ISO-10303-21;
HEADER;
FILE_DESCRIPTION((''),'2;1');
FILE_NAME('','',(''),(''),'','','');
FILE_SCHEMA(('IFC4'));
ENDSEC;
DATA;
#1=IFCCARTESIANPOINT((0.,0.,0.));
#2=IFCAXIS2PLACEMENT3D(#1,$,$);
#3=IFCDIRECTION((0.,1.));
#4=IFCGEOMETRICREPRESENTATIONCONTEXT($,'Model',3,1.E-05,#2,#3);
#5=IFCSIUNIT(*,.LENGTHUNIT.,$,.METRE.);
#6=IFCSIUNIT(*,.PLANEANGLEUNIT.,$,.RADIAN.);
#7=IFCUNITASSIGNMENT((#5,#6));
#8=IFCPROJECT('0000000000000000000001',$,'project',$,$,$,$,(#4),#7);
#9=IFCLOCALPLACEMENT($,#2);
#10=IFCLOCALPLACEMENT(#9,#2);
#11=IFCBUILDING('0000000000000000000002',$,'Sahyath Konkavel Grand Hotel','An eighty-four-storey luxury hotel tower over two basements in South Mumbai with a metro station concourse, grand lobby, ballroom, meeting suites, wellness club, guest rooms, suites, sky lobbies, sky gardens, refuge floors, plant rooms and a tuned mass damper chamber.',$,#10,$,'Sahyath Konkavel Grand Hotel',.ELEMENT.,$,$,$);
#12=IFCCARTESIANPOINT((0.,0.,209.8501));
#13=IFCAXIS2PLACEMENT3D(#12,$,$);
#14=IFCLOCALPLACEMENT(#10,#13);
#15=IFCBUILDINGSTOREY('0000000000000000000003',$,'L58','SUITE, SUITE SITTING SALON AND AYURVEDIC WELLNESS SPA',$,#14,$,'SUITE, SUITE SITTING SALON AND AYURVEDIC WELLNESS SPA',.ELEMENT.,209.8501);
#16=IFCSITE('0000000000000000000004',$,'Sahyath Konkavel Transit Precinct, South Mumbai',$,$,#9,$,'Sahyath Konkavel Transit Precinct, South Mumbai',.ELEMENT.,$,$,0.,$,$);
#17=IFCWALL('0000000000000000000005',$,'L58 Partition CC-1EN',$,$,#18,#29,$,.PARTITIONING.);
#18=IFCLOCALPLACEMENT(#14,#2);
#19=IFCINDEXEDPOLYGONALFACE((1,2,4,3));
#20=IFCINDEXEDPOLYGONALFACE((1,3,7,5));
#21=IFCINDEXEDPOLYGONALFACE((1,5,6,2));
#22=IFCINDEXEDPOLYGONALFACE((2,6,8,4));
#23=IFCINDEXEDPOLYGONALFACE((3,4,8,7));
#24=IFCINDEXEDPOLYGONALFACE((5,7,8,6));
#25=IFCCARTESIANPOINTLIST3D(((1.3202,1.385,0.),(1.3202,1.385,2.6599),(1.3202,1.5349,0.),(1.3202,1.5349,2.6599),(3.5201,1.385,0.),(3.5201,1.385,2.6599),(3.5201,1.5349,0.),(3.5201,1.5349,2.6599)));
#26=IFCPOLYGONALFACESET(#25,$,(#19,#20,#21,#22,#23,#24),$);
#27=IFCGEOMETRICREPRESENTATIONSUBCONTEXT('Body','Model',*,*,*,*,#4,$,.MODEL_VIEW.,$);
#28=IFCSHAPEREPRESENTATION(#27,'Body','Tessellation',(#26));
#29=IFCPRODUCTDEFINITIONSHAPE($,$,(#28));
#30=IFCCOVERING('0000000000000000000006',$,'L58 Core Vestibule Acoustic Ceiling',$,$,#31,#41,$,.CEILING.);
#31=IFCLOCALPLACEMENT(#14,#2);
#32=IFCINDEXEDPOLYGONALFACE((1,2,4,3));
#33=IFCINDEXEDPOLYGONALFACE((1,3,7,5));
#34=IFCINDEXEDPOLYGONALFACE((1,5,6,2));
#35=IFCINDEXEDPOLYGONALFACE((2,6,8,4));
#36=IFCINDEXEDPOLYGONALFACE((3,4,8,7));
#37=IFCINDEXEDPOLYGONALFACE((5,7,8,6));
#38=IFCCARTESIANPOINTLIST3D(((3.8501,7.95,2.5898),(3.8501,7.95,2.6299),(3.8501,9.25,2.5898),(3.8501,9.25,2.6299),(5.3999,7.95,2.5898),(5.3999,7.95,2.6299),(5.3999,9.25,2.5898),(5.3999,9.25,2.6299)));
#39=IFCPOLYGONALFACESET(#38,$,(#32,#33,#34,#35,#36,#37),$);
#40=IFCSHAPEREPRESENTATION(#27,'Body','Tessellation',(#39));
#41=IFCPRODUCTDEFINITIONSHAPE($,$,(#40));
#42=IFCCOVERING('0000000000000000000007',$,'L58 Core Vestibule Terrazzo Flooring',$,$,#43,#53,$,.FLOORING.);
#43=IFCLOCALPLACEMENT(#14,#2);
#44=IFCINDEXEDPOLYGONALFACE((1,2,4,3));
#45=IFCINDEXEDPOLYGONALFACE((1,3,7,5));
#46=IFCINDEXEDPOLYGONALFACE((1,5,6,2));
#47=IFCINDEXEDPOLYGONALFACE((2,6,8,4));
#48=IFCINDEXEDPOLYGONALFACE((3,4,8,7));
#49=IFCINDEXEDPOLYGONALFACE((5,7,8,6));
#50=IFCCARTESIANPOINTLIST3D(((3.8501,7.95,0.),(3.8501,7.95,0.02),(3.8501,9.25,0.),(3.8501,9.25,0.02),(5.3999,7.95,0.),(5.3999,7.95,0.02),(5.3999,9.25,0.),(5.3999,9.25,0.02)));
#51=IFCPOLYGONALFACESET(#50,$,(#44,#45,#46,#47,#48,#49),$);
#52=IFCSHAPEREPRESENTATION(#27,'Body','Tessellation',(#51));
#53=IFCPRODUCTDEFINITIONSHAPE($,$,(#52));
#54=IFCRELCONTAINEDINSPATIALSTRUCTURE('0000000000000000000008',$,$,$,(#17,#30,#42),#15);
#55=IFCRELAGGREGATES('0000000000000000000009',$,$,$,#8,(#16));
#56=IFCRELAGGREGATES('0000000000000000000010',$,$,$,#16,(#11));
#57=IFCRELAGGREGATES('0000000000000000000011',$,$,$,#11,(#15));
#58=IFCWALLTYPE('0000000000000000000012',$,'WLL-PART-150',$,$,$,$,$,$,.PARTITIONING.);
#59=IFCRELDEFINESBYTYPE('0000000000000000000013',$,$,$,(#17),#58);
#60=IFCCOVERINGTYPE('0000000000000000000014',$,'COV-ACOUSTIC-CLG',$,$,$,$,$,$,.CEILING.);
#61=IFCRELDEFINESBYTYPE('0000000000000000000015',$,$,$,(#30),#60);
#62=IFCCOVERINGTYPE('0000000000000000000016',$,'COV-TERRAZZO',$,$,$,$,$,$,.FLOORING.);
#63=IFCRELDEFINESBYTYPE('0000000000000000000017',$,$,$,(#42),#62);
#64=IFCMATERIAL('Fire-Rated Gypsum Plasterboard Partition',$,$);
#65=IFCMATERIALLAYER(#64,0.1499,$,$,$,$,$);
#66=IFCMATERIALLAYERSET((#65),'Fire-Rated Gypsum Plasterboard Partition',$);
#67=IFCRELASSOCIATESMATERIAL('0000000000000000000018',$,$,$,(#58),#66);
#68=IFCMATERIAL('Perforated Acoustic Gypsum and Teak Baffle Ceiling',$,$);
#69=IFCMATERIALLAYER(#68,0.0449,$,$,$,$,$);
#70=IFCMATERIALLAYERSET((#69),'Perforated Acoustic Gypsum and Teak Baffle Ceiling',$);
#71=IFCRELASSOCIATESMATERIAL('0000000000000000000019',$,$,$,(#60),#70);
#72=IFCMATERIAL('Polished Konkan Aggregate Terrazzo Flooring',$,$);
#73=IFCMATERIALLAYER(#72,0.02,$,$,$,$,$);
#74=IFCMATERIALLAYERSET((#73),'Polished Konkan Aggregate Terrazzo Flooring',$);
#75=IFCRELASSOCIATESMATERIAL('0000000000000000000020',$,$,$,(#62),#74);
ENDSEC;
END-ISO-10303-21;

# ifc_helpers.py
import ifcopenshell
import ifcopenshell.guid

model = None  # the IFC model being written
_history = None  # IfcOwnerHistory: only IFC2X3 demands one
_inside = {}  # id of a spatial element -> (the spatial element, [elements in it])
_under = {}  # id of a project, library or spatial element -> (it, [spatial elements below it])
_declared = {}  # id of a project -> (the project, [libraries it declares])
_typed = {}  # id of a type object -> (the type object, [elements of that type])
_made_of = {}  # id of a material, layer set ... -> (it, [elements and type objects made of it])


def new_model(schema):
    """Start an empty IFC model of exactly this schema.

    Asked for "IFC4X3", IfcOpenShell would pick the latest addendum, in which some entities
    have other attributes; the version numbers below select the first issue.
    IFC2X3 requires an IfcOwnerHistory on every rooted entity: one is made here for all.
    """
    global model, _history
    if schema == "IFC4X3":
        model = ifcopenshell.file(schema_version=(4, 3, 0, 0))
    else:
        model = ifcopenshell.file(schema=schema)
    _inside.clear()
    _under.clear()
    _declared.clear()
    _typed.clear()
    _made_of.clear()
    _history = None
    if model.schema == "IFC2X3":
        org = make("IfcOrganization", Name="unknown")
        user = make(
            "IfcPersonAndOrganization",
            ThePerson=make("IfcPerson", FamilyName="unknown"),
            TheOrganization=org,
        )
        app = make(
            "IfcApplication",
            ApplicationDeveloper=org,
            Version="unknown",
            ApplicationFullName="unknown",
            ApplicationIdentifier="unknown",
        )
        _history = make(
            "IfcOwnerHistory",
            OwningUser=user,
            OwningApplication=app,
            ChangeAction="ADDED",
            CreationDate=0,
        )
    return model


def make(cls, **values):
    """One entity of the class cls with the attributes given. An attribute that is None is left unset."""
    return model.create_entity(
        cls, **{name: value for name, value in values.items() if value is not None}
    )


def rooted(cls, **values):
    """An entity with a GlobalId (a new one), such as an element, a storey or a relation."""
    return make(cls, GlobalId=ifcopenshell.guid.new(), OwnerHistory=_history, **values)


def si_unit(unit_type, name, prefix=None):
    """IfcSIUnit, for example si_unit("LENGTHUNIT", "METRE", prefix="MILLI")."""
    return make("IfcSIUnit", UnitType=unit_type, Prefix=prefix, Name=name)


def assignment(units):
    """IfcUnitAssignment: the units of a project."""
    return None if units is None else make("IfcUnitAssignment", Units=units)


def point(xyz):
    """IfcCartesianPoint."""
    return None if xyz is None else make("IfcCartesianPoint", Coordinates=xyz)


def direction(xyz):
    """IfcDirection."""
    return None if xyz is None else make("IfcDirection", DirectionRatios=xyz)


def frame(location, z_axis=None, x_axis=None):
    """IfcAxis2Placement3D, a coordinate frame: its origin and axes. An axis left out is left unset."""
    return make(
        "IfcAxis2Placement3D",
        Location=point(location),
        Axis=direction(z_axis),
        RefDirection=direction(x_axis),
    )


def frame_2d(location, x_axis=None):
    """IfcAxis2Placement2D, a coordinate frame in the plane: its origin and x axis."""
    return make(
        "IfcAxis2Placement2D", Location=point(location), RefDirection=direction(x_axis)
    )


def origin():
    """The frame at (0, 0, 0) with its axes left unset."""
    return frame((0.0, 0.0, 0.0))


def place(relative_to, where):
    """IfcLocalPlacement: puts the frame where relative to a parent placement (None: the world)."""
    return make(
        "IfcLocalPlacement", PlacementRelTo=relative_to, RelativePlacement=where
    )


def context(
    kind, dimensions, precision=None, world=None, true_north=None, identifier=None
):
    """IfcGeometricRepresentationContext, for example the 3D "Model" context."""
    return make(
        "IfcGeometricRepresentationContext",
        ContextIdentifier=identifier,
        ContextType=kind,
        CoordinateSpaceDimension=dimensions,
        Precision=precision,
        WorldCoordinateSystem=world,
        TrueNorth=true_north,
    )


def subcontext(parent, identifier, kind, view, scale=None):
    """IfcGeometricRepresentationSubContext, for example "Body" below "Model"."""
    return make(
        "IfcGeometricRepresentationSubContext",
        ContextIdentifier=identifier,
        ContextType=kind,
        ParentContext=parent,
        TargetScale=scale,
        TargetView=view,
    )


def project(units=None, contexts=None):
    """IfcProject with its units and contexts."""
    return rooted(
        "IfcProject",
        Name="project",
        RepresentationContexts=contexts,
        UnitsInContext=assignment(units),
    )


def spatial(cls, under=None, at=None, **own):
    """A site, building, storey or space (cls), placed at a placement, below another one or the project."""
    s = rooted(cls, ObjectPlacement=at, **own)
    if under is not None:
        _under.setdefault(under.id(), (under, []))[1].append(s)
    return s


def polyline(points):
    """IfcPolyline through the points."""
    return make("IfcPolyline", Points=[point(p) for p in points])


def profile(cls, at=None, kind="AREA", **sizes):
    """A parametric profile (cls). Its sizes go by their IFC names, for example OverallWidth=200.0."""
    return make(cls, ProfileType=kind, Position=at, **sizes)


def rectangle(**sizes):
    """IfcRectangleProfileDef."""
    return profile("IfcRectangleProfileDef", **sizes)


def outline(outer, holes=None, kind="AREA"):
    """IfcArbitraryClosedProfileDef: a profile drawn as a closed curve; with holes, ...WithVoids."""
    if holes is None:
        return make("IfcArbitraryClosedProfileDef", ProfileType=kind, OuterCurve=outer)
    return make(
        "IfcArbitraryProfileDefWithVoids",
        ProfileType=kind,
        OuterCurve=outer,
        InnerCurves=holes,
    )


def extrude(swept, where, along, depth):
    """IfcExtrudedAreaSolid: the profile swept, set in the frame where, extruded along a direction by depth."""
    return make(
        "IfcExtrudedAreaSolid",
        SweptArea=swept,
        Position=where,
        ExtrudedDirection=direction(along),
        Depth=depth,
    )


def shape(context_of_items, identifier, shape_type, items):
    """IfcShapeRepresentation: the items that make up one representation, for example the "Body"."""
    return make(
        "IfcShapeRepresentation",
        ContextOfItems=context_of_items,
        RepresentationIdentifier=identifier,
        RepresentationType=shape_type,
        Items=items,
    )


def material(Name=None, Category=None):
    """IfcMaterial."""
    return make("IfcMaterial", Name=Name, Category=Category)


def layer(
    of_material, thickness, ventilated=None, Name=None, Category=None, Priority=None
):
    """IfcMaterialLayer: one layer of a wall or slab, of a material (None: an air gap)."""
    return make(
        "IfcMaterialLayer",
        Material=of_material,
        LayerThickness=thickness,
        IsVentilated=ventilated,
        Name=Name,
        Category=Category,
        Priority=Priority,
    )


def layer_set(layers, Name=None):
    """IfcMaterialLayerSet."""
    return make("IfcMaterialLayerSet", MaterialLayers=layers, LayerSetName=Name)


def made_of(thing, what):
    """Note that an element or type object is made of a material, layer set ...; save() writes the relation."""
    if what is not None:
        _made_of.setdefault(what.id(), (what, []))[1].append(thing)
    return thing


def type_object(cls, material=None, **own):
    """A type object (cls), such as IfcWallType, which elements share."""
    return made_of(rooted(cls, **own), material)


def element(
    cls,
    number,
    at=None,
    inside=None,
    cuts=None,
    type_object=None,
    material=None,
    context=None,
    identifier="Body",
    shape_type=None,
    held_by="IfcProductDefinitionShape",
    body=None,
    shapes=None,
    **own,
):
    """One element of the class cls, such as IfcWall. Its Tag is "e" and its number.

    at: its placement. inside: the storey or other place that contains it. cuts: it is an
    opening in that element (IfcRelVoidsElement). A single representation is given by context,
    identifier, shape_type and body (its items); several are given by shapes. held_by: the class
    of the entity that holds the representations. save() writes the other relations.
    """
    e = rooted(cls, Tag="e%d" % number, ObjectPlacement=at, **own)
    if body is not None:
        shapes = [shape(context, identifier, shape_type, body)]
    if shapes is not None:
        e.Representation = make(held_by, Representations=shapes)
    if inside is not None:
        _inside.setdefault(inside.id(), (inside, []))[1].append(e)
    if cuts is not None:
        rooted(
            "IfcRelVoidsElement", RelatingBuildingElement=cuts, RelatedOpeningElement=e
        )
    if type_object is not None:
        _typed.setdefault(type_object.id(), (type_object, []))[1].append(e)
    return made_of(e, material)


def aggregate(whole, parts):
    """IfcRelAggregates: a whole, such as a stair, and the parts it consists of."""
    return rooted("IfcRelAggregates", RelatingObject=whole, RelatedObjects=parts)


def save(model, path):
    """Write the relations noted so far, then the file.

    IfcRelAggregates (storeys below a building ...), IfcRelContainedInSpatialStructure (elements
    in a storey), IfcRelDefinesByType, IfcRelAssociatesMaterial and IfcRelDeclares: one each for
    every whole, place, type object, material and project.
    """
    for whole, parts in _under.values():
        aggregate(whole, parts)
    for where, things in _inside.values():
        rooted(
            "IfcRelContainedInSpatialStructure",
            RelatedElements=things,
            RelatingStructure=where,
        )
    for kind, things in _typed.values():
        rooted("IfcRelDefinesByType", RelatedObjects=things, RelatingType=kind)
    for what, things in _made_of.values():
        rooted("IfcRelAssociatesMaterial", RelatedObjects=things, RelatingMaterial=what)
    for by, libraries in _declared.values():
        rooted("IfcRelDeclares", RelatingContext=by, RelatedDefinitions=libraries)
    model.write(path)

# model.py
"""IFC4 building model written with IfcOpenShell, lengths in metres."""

from ifc_helpers import new_model, si_unit, direction, frame, frame_2d, origin, place, context, subcontext, project, spatial, polyline, rectangle, outline, extrude, material, layer, layer_set, type_object, element, save


model = new_model("IFC4")

# Units and contexts
model_context = context("Model", 3, precision=1e-05, world=origin(), true_north=direction((0.0, 1.0)))
body_context = subcontext(model_context, "Body", "Model", "MODEL_VIEW")
ifc_project = project(units=[si_unit("LENGTHUNIT", "METRE"), si_unit("PLANEANGLEUNIT", "RADIAN")], contexts=[model_context])

# Site, building, storey
site_placement = place(None, origin())
site = spatial("IfcSite", under=ifc_project, at=site_placement, Name="Sahyath Konkavel Transit Precinct, South Mumbai", LongName="Sahyath Konkavel Transit Precinct, South Mumbai", CompositionType="ELEMENT", RefElevation=0.0)
building_placement = place(site_placement, origin())
building = spatial("IfcBuilding", under=site, at=building_placement, Name="Sahyath Konkavel Grand Hotel", Description="An eighty-four-storey luxury hotel tower over two basements in South Mumbai with a metro station concourse, grand lobby, ballroom, meeting suites, wellness club, guest rooms, suites, sky lobbies, sky gardens, refuge floors, plant rooms and a tuned mass damper chamber.", LongName="Sahyath Konkavel Grand Hotel", CompositionType="ELEMENT")
storey_placement = place(building_placement, frame((0.0, 0.0, 209.8501)))
storey = spatial("IfcBuildingStorey", under=building, at=storey_placement, Name="L58", Description="SUITE, SUITE SITTING SALON AND AYURVEDIC WELLNESS SPA", LongName="SUITE, SUITE SITTING SALON AND AYURVEDIC WELLNESS SPA", CompositionType="ELEMENT", Elevation=209.8501)

# Wall
ifc_material_1 = material(Name="Fire-Rated Gypsum Plasterboard Partition")
ifc_layer_1 = layer(ifc_material_1, 0.1499)
ifc_layer_set_1 = layer_set([ifc_layer_1], Name="Fire-Rated Gypsum Plasterboard Partition")
wall_type_1 = type_object("IfcWallType", Name="WLL-PART-150", PredefinedType="PARTITIONING", material=ifc_layer_set_1)
wall_1_placement = place(storey_placement, frame((1.3201, 1.46, 0.0), z_axis=(0.0, 0.0, 1.0), x_axis=(1.0, 0.0, 0.0)))
element("IfcWall", 1, at=wall_1_placement, inside=storey, type_object=wall_type_1, Name="L58 Partition CC-1EN", PredefinedType="PARTITIONING", context=body_context, shape_type="SweptSolid", body=[
    extrude(rectangle(XDim=2.2, YDim=0.1499, at=frame_2d((1.1001, 0.0))), origin(), (0.0, 0.0, 1.0), 2.6599),
])

# Coverings
ifc_material_2 = material(Name="Perforated Acoustic Gypsum and Teak Baffle Ceiling")
ifc_layer_2 = layer(ifc_material_2, 0.0449)
ifc_layer_set_2 = layer_set([ifc_layer_2], Name="Perforated Acoustic Gypsum and Teak Baffle Ceiling")
covering_type_1 = type_object("IfcCoveringType", Name="COV-ACOUSTIC-CLG", PredefinedType="CEILING", material=ifc_layer_set_2)
covering_1_placement = place(storey_placement, frame((0.0, 0.0, 2.5898)))
element("IfcCovering", 2, at=covering_1_placement, inside=storey, type_object=covering_type_1, Name="L58 Core Vestibule Acoustic Ceiling", PredefinedType="CEILING", context=body_context, shape_type="SweptSolid", body=[
    extrude(outline(polyline([(3.8501, 7.95), (5.3999, 7.95), (5.3999, 9.25), (3.8501, 9.25), (3.8501, 7.95)])), origin(), (0.0, 0.0, 1.0), 0.04),
])
ifc_material_3 = material(Name="Polished Konkan Aggregate Terrazzo Flooring")
ifc_layer_3 = layer(ifc_material_3, 0.02)
ifc_layer_set_3 = layer_set([ifc_layer_3], Name="Polished Konkan Aggregate Terrazzo Flooring")
covering_type_2 = type_object("IfcCoveringType", Name="COV-TERRAZZO", PredefinedType="FLOORING", material=ifc_layer_set_3)
covering_2_placement = place(storey_placement, origin())
element("IfcCovering", 3, at=covering_2_placement, inside=storey, type_object=covering_type_2, Name="L58 Core Vestibule Terrazzo Flooring", PredefinedType="FLOORING", context=body_context, shape_type="SweptSolid", body=[
    extrude(outline(polyline([(3.8501, 7.95), (5.3999, 7.95), (5.3999, 9.25), (3.8501, 9.25), (3.8501, 7.95)])), origin(), (0.0, 0.0, 1.0), 0.02),
])

save(model, "model.ifc")
